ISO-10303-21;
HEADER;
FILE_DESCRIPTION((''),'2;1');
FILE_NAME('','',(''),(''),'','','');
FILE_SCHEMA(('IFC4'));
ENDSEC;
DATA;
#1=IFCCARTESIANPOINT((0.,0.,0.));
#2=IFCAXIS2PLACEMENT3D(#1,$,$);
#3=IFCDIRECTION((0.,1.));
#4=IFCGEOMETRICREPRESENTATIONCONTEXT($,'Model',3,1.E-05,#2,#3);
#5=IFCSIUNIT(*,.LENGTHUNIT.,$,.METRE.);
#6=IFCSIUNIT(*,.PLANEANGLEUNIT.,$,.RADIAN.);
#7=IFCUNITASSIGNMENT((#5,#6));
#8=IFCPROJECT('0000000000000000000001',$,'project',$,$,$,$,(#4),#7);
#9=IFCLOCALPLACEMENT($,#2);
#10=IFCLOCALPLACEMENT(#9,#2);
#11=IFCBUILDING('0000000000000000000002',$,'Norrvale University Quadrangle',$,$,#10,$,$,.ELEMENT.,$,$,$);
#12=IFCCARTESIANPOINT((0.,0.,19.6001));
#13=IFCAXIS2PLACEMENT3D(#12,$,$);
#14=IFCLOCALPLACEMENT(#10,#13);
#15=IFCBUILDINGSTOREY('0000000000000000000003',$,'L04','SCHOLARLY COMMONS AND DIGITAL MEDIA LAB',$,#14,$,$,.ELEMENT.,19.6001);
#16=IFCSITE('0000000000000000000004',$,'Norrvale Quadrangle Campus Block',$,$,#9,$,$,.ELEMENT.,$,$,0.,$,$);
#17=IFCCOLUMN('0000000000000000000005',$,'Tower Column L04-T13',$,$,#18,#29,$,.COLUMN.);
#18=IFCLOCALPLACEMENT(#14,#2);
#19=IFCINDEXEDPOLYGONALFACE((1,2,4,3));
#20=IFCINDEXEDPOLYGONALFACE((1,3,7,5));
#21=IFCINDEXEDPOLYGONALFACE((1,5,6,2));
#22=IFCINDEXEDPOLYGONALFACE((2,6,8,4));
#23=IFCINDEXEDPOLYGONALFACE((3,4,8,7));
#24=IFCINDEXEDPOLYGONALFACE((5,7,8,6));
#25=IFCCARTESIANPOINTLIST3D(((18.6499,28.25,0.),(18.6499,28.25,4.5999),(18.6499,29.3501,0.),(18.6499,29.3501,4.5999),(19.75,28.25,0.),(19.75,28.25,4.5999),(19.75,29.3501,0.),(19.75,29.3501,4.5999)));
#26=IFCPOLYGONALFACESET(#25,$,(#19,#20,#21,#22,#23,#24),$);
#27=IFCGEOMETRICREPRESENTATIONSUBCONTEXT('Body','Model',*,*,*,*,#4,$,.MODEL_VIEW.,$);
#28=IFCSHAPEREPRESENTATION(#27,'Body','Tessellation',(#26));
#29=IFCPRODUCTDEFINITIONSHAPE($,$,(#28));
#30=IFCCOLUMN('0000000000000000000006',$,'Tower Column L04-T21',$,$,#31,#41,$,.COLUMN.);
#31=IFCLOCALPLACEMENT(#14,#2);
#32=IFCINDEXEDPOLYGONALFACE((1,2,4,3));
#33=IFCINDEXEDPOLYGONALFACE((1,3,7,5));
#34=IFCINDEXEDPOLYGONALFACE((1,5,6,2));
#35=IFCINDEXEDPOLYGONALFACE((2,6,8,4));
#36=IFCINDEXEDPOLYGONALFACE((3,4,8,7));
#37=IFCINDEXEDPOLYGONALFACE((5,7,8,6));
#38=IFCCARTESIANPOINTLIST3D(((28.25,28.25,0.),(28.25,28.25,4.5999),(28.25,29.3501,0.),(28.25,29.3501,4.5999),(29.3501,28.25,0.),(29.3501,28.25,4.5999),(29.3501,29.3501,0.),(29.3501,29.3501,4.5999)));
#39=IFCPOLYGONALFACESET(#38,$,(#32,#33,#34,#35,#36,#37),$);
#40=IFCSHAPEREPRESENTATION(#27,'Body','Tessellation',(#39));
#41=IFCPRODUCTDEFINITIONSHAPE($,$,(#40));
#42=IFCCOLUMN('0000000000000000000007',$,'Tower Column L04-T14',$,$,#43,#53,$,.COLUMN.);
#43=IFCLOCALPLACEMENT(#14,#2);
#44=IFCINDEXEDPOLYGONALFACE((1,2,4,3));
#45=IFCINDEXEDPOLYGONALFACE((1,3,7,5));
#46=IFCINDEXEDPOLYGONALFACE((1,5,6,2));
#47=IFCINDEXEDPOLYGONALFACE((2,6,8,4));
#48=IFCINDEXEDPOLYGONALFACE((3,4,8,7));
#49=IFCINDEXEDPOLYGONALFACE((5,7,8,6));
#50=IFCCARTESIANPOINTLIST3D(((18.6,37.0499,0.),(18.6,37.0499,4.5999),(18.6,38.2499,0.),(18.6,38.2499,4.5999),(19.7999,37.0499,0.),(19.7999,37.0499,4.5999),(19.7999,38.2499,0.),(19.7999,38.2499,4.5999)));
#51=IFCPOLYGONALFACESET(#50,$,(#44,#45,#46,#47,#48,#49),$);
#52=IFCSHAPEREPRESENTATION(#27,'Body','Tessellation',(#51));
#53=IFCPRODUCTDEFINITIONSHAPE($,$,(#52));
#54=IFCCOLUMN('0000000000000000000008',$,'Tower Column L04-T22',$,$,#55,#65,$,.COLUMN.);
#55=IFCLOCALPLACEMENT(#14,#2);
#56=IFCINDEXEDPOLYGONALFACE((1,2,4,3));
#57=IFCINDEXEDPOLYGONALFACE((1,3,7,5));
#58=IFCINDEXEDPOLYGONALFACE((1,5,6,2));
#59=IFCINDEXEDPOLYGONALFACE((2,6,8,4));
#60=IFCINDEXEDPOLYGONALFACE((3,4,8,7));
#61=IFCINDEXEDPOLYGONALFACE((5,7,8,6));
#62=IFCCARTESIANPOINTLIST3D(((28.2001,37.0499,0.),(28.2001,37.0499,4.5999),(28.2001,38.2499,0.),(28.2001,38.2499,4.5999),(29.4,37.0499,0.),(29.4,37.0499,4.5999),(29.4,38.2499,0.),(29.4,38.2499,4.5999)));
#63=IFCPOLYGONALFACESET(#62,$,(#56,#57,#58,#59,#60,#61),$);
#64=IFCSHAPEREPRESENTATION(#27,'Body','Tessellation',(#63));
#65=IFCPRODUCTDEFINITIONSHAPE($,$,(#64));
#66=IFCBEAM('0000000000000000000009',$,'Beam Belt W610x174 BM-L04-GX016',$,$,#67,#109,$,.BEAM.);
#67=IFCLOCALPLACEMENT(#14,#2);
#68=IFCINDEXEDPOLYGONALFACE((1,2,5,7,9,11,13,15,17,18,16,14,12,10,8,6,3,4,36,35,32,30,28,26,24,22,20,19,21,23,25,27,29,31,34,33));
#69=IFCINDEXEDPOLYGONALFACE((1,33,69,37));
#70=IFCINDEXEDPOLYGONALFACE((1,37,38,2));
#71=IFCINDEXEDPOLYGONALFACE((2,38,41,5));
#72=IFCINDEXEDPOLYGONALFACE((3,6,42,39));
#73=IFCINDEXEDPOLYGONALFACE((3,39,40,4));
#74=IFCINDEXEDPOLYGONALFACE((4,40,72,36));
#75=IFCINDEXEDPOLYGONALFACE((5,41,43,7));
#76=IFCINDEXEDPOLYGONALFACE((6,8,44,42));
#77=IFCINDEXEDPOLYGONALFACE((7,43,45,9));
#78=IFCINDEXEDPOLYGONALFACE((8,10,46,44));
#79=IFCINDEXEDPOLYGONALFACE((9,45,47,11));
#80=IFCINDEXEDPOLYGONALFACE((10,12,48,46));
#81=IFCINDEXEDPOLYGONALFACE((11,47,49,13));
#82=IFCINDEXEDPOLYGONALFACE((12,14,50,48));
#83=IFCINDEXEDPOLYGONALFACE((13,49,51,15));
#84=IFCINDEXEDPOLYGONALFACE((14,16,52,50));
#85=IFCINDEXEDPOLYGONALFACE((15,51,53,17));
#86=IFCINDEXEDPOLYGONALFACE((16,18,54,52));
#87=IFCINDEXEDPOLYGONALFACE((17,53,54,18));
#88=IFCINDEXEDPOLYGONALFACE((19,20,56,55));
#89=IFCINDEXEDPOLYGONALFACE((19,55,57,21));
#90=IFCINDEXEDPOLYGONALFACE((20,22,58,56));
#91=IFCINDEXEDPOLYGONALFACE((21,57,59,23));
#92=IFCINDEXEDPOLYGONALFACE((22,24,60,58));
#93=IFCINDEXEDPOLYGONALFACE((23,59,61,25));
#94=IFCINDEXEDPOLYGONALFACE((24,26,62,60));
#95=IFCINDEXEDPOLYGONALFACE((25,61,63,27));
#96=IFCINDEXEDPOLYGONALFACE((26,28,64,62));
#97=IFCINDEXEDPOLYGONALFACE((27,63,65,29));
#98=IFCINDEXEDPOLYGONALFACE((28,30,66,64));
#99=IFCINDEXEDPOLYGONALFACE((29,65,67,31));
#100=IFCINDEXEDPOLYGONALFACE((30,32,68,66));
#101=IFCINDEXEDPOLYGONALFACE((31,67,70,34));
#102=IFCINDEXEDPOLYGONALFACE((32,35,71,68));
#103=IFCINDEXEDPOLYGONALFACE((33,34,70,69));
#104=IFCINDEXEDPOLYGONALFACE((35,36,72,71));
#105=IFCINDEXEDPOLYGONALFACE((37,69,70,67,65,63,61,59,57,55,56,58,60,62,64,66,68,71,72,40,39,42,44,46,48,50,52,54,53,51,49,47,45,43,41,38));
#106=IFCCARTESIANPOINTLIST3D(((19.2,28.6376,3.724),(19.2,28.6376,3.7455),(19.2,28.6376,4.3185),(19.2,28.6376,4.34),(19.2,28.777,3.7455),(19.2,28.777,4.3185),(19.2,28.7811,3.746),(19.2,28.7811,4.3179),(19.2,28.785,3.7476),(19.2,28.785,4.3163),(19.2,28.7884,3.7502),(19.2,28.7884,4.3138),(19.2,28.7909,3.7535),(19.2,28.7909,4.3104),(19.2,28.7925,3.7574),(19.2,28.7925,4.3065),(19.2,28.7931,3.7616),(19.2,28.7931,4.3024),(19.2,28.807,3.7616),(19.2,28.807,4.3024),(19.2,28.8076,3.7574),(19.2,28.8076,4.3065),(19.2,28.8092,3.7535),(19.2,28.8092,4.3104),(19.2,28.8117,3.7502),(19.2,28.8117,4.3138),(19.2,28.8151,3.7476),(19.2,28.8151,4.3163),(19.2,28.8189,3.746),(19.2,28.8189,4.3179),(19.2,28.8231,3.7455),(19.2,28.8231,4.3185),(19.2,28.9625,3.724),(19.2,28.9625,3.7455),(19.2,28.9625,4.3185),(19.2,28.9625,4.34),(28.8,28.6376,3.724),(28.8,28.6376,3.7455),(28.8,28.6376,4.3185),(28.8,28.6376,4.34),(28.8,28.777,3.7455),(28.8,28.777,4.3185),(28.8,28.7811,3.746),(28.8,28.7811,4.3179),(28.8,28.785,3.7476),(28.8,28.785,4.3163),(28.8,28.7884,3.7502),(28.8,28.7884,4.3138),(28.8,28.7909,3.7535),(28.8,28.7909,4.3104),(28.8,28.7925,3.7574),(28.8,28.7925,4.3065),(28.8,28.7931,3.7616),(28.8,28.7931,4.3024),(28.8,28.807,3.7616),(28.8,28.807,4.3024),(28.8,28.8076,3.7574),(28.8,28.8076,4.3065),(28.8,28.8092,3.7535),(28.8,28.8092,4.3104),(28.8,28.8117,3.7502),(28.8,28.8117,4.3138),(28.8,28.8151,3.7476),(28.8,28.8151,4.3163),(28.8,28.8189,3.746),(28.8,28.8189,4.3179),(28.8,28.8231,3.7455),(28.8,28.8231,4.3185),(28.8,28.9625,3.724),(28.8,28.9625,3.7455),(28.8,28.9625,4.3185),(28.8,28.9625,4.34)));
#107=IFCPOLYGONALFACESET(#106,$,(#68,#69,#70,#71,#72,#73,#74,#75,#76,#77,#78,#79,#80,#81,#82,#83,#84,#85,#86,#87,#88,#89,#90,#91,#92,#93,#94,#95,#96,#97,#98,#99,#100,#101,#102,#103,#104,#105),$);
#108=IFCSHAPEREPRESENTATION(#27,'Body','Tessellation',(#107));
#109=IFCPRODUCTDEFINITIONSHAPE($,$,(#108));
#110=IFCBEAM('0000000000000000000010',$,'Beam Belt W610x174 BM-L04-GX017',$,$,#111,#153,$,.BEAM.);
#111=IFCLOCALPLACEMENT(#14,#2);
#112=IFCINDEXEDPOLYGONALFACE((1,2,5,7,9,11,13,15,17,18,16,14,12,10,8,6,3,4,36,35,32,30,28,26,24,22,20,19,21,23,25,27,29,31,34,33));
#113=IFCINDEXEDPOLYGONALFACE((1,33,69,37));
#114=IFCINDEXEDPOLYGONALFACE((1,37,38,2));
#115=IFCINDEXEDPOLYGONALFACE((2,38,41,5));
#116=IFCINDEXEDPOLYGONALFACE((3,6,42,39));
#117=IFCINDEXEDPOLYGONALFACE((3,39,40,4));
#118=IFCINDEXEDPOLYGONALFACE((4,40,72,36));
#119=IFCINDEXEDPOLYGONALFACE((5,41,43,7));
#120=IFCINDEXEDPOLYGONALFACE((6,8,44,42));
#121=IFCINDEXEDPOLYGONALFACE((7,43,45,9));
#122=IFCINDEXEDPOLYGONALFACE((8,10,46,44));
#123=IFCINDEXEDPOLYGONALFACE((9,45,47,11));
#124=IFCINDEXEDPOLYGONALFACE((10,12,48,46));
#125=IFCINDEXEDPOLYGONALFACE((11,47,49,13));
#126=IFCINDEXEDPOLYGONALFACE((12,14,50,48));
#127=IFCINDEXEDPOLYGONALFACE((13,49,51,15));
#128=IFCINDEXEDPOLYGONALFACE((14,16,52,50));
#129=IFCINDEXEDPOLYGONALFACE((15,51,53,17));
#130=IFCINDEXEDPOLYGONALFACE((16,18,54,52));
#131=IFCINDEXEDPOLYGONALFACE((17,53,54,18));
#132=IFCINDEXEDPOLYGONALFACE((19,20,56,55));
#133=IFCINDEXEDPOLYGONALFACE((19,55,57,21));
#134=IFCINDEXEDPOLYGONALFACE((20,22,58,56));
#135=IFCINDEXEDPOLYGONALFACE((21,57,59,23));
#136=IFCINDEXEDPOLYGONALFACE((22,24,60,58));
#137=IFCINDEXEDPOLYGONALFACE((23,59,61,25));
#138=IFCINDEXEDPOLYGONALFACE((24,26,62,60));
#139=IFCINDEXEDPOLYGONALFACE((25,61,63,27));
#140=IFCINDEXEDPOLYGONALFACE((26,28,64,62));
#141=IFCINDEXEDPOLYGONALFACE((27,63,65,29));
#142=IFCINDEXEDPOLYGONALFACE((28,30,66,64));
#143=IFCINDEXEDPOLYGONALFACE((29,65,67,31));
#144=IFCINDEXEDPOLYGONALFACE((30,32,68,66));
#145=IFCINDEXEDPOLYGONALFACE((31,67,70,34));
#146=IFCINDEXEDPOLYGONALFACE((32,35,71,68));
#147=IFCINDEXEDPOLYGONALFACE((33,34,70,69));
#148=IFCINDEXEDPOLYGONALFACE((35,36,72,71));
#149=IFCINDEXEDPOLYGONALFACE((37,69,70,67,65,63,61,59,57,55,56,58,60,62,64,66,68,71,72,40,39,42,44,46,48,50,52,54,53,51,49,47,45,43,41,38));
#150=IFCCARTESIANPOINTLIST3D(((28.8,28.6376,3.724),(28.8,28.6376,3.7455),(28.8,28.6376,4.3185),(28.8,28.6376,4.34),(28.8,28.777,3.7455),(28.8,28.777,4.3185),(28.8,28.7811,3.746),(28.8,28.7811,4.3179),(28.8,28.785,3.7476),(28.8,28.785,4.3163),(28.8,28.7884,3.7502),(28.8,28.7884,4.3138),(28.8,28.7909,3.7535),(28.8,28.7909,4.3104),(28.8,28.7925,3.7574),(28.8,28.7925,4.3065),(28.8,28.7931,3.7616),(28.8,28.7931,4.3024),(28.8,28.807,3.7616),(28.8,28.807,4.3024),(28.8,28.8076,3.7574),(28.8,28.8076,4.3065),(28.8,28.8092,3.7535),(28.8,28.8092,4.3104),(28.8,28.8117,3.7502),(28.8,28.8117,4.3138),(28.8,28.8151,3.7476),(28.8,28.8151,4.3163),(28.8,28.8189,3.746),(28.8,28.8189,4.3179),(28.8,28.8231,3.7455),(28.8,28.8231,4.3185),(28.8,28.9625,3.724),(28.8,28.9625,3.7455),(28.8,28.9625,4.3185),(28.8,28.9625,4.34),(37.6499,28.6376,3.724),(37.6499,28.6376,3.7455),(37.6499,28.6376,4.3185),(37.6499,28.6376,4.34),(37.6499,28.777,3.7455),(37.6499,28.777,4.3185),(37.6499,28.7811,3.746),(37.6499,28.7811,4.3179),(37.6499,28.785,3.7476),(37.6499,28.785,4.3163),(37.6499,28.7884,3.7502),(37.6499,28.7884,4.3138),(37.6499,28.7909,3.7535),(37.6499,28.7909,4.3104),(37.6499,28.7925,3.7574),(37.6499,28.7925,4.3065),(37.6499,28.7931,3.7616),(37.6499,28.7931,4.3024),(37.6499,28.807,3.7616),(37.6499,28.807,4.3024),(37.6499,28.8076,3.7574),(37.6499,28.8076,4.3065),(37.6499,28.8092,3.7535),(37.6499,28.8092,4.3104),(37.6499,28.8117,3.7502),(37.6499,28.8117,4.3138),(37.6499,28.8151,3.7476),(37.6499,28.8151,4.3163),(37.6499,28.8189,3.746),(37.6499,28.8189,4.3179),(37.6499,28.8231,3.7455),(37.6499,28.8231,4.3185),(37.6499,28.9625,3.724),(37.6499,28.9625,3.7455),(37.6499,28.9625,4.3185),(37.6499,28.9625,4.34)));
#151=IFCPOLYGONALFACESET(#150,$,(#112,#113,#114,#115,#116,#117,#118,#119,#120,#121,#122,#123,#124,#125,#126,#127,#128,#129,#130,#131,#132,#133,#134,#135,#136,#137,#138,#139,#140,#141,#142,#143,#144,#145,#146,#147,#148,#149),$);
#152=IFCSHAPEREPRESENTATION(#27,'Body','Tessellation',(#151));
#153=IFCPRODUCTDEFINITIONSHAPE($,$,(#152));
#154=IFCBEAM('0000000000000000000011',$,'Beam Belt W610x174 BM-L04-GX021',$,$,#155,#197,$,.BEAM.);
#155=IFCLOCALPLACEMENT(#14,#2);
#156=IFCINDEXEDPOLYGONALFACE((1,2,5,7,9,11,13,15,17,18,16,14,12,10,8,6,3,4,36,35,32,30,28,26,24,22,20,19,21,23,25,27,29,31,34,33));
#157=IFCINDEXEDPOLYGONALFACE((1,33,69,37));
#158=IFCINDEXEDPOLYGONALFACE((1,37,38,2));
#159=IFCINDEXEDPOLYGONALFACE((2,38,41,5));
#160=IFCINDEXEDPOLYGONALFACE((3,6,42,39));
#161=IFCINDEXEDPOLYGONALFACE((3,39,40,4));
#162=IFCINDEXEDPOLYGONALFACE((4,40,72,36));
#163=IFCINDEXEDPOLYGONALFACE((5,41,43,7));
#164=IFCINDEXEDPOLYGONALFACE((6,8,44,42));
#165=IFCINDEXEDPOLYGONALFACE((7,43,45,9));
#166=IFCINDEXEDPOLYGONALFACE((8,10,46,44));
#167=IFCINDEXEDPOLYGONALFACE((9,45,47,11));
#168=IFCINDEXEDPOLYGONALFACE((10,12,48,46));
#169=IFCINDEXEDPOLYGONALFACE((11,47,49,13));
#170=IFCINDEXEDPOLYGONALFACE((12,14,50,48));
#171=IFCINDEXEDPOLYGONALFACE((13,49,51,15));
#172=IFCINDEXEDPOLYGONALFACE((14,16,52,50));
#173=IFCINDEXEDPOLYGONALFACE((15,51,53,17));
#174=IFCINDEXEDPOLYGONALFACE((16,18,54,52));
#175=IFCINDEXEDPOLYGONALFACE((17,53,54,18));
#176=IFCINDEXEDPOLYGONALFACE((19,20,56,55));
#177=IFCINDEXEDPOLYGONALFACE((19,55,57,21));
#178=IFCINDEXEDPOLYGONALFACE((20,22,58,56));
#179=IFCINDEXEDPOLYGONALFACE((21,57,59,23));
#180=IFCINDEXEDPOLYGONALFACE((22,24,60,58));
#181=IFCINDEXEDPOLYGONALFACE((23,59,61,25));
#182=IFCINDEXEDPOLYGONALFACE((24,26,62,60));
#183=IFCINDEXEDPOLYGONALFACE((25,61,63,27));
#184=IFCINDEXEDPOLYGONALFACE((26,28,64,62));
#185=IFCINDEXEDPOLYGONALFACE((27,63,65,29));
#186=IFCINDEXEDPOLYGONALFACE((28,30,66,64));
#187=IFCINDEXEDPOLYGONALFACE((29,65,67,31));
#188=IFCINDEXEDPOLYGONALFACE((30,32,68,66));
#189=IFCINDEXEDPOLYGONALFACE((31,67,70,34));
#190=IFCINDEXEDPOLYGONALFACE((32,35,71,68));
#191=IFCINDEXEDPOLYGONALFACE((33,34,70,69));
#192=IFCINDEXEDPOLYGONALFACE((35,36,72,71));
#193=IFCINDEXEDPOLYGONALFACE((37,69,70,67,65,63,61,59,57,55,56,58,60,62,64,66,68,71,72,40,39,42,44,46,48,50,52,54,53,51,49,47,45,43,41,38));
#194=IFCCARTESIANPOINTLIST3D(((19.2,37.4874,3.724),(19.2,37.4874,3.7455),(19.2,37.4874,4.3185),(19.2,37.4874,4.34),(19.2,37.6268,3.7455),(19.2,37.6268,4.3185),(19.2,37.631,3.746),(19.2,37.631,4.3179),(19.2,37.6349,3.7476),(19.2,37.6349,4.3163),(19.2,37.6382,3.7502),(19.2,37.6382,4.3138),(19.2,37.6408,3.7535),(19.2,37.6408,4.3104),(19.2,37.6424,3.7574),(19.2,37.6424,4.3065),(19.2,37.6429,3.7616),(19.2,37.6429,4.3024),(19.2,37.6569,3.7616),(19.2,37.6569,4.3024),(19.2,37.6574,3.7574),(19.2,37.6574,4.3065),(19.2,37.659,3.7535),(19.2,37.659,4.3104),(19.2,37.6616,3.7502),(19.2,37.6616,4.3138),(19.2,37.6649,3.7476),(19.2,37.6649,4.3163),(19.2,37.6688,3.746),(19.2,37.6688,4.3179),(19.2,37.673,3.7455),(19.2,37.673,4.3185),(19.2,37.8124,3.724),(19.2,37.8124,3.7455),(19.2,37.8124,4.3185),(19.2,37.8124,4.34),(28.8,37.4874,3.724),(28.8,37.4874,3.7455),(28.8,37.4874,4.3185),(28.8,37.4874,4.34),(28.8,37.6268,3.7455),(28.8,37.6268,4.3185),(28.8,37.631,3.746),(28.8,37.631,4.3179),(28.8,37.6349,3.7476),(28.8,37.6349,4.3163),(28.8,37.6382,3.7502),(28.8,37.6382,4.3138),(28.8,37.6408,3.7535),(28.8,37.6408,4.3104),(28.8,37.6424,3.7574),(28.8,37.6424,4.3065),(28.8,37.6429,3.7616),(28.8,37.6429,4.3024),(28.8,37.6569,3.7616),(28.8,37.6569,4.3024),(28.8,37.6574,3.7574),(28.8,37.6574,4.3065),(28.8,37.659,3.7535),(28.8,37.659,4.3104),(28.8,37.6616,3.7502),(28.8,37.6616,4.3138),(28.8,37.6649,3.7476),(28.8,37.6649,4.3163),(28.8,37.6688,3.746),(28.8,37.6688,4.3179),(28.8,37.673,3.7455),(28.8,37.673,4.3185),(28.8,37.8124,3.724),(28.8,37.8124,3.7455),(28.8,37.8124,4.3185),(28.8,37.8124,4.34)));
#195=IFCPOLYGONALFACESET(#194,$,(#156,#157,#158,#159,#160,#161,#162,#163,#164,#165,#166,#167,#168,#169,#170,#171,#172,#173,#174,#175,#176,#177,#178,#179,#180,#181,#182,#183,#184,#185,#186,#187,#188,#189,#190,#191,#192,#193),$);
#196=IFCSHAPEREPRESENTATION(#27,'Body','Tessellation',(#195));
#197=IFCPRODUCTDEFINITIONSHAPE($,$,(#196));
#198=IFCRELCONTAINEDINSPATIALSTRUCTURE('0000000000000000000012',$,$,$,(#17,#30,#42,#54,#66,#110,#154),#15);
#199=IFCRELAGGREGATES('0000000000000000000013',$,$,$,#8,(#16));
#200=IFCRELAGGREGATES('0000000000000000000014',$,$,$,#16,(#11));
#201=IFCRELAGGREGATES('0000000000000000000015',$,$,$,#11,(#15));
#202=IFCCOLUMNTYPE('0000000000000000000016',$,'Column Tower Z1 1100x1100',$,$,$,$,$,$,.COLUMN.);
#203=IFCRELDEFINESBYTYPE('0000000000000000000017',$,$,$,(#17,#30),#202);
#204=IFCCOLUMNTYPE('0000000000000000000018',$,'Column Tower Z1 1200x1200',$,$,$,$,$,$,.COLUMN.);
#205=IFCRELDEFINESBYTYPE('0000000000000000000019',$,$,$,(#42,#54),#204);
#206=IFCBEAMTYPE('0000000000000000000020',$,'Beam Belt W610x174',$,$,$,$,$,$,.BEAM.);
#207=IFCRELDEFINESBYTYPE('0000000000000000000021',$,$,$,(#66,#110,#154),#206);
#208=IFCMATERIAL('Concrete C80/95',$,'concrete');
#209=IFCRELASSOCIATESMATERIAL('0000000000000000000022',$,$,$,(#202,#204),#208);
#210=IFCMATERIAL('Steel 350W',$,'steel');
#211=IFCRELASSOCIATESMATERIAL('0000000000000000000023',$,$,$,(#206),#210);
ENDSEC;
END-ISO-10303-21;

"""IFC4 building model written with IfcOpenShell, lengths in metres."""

from ifc_helpers import new_model, si_unit, direction, frame, origin, origin_2d, place, context, subcontext, project, spatial, rectangle, i_section, extrude, material, material_profile, profile_set, type_object, element, save


model = new_model("IFC4")

# Units and contexts
model_context = context("Model", 3, precision=1e-05, world=origin(), true_north=direction((0.0, 1.0)))
body_context = subcontext(model_context, "Body", "Model", "MODEL_VIEW")
ifc_project = project(units=[si_unit("LENGTHUNIT", "METRE"), si_unit("PLANEANGLEUNIT", "RADIAN")], contexts=[model_context])

# Site, building, storey
site_placement = place(None, origin())
site = spatial("IfcSite", under=ifc_project, at=site_placement, Name="Norrvale Quadrangle Campus Block", CompositionType="ELEMENT", RefElevation=0.0)
building_placement = place(site_placement, origin())
building = spatial("IfcBuilding", under=site, at=building_placement, Name="Norrvale University Quadrangle", CompositionType="ELEMENT")
storey_placement = place(building_placement, frame((0.0, 0.0, 19.6001)))
storey = spatial("IfcBuildingStorey", under=building, at=storey_placement, Name="L04", Description="SCHOLARLY COMMONS AND DIGITAL MEDIA LAB", CompositionType="ELEMENT", Elevation=19.6001)

# Columns
ifc_material_1 = material(Name="Concrete C80/95", Category="concrete")
ifc_material_profile_1 = material_profile(ifc_material_1, rectangle(XDim=1.1001, YDim=1.1001, at=origin_2d()), Name="Concrete C80/95")
ifc_profile_set_1 = profile_set([ifc_material_profile_1], Name="Concrete C80/95")
column_type_1 = type_object("IfcColumnType", Name="Column Tower Z1 1100x1100", PredefinedType="COLUMN", material=ifc_profile_set_1)
for number, where, z_axis, x_axis, name in (
    (1, (19.2, 28.8, 0.0), (0.0, 0.0, 1.0), (1.0, 0.0, 0.0), "Tower Column L04-T13"),
    (2, (28.8, 28.8, 0.0), (0.0, 0.0, 1.0), (1.0, 0.0, 0.0), "Tower Column L04-T21"),
):
    element("IfcColumn", number, at=place(storey_placement, frame(where, z_axis=z_axis, x_axis=x_axis)), inside=storey, type_object=column_type_1, Name=name, PredefinedType="COLUMN", context=body_context, shape_type="SweptSolid", body=[
        extrude(rectangle(XDim=1.1001, YDim=1.1001, at=origin_2d()), origin(), (0.0, 0.0, 1.0), 4.5999),
    ])
ifc_material_profile_2 = material_profile(ifc_material_1, rectangle(XDim=1.2, YDim=1.2, at=origin_2d()), Name="Concrete C80/95")
ifc_profile_set_2 = profile_set([ifc_material_profile_2], Name="Concrete C80/95")
column_type_2 = type_object("IfcColumnType", Name="Column Tower Z1 1200x1200", PredefinedType="COLUMN", material=ifc_profile_set_2)
for number, where, z_axis, x_axis, name in (
    (3, (19.2, 37.6499, 0.0), (0.0, 0.0, 1.0), (1.0, 0.0, 0.0), "Tower Column L04-T14"),
    (4, (28.8, 37.6499, 0.0), (0.0, 0.0, 1.0), (1.0, 0.0, 0.0), "Tower Column L04-T22"),
):
    element("IfcColumn", number, at=place(storey_placement, frame(where, z_axis=z_axis, x_axis=x_axis)), inside=storey, type_object=column_type_2, Name=name, PredefinedType="COLUMN", context=body_context, shape_type="SweptSolid", body=[
        extrude(rectangle(XDim=1.2, YDim=1.2, at=origin_2d()), origin(), (0.0, 0.0, 1.0), 4.5999),
    ])

# Beams
ifc_material_2 = material(Name="Steel 350W", Category="steel")
ifc_material_profile_3 = material_profile(ifc_material_2, i_section(OverallWidth=0.325, OverallDepth=0.616, WebThickness=0.0139, FlangeThickness=0.0215, FilletRadius=0.0161, at=origin_2d()), Name="Steel 350W")
ifc_profile_set_3 = profile_set([ifc_material_profile_3], Name="Steel 350W")
beam_type_1 = type_object("IfcBeamType", Name="Beam Belt W610x174", PredefinedType="BEAM", material=ifc_profile_set_3)
beam_1_placement = place(storey_placement, frame((19.2, 28.8, 4.032), z_axis=(1.0, 0.0, 0.0), x_axis=(0.0, 1.0, 0.0)))
element("IfcBeam", 5, at=beam_1_placement, inside=storey, type_object=beam_type_1, Name="Beam Belt W610x174 BM-L04-GX016", PredefinedType="BEAM", context=body_context, shape_type="SweptSolid", body=[
    extrude(i_section(OverallWidth=0.325, OverallDepth=0.616, WebThickness=0.0139, FlangeThickness=0.0215, FilletRadius=0.0161, at=origin_2d()), origin(), (0.0, 0.0, 1.0), 9.6001),
])
beam_2_placement = place(storey_placement, frame((28.8, 28.8, 4.032), z_axis=(1.0, 0.0, 0.0), x_axis=(0.0, 1.0, 0.0)))
element("IfcBeam", 6, at=beam_2_placement, inside=storey, type_object=beam_type_1, Name="Beam Belt W610x174 BM-L04-GX017", PredefinedType="BEAM", context=body_context, shape_type="SweptSolid", body=[
    extrude(i_section(OverallWidth=0.325, OverallDepth=0.616, WebThickness=0.0139, FlangeThickness=0.0215, FilletRadius=0.0161, at=origin_2d()), origin(), (0.0, 0.0, 1.0), 8.8499),
])
beam_3_placement = place(storey_placement, frame((19.2, 37.6499, 4.032), z_axis=(1.0, 0.0, 0.0), x_axis=(0.0, 1.0, 0.0)))
element("IfcBeam", 7, at=beam_3_placement, inside=storey, type_object=beam_type_1, Name="Beam Belt W610x174 BM-L04-GX021", PredefinedType="BEAM", context=body_context, shape_type="SweptSolid", body=[
    extrude(i_section(OverallWidth=0.325, OverallDepth=0.616, WebThickness=0.0139, FlangeThickness=0.0215, FilletRadius=0.0161, at=origin_2d()), origin(), (0.0, 0.0, 1.0), 9.6001),
])

save(model, "model.ifc")
